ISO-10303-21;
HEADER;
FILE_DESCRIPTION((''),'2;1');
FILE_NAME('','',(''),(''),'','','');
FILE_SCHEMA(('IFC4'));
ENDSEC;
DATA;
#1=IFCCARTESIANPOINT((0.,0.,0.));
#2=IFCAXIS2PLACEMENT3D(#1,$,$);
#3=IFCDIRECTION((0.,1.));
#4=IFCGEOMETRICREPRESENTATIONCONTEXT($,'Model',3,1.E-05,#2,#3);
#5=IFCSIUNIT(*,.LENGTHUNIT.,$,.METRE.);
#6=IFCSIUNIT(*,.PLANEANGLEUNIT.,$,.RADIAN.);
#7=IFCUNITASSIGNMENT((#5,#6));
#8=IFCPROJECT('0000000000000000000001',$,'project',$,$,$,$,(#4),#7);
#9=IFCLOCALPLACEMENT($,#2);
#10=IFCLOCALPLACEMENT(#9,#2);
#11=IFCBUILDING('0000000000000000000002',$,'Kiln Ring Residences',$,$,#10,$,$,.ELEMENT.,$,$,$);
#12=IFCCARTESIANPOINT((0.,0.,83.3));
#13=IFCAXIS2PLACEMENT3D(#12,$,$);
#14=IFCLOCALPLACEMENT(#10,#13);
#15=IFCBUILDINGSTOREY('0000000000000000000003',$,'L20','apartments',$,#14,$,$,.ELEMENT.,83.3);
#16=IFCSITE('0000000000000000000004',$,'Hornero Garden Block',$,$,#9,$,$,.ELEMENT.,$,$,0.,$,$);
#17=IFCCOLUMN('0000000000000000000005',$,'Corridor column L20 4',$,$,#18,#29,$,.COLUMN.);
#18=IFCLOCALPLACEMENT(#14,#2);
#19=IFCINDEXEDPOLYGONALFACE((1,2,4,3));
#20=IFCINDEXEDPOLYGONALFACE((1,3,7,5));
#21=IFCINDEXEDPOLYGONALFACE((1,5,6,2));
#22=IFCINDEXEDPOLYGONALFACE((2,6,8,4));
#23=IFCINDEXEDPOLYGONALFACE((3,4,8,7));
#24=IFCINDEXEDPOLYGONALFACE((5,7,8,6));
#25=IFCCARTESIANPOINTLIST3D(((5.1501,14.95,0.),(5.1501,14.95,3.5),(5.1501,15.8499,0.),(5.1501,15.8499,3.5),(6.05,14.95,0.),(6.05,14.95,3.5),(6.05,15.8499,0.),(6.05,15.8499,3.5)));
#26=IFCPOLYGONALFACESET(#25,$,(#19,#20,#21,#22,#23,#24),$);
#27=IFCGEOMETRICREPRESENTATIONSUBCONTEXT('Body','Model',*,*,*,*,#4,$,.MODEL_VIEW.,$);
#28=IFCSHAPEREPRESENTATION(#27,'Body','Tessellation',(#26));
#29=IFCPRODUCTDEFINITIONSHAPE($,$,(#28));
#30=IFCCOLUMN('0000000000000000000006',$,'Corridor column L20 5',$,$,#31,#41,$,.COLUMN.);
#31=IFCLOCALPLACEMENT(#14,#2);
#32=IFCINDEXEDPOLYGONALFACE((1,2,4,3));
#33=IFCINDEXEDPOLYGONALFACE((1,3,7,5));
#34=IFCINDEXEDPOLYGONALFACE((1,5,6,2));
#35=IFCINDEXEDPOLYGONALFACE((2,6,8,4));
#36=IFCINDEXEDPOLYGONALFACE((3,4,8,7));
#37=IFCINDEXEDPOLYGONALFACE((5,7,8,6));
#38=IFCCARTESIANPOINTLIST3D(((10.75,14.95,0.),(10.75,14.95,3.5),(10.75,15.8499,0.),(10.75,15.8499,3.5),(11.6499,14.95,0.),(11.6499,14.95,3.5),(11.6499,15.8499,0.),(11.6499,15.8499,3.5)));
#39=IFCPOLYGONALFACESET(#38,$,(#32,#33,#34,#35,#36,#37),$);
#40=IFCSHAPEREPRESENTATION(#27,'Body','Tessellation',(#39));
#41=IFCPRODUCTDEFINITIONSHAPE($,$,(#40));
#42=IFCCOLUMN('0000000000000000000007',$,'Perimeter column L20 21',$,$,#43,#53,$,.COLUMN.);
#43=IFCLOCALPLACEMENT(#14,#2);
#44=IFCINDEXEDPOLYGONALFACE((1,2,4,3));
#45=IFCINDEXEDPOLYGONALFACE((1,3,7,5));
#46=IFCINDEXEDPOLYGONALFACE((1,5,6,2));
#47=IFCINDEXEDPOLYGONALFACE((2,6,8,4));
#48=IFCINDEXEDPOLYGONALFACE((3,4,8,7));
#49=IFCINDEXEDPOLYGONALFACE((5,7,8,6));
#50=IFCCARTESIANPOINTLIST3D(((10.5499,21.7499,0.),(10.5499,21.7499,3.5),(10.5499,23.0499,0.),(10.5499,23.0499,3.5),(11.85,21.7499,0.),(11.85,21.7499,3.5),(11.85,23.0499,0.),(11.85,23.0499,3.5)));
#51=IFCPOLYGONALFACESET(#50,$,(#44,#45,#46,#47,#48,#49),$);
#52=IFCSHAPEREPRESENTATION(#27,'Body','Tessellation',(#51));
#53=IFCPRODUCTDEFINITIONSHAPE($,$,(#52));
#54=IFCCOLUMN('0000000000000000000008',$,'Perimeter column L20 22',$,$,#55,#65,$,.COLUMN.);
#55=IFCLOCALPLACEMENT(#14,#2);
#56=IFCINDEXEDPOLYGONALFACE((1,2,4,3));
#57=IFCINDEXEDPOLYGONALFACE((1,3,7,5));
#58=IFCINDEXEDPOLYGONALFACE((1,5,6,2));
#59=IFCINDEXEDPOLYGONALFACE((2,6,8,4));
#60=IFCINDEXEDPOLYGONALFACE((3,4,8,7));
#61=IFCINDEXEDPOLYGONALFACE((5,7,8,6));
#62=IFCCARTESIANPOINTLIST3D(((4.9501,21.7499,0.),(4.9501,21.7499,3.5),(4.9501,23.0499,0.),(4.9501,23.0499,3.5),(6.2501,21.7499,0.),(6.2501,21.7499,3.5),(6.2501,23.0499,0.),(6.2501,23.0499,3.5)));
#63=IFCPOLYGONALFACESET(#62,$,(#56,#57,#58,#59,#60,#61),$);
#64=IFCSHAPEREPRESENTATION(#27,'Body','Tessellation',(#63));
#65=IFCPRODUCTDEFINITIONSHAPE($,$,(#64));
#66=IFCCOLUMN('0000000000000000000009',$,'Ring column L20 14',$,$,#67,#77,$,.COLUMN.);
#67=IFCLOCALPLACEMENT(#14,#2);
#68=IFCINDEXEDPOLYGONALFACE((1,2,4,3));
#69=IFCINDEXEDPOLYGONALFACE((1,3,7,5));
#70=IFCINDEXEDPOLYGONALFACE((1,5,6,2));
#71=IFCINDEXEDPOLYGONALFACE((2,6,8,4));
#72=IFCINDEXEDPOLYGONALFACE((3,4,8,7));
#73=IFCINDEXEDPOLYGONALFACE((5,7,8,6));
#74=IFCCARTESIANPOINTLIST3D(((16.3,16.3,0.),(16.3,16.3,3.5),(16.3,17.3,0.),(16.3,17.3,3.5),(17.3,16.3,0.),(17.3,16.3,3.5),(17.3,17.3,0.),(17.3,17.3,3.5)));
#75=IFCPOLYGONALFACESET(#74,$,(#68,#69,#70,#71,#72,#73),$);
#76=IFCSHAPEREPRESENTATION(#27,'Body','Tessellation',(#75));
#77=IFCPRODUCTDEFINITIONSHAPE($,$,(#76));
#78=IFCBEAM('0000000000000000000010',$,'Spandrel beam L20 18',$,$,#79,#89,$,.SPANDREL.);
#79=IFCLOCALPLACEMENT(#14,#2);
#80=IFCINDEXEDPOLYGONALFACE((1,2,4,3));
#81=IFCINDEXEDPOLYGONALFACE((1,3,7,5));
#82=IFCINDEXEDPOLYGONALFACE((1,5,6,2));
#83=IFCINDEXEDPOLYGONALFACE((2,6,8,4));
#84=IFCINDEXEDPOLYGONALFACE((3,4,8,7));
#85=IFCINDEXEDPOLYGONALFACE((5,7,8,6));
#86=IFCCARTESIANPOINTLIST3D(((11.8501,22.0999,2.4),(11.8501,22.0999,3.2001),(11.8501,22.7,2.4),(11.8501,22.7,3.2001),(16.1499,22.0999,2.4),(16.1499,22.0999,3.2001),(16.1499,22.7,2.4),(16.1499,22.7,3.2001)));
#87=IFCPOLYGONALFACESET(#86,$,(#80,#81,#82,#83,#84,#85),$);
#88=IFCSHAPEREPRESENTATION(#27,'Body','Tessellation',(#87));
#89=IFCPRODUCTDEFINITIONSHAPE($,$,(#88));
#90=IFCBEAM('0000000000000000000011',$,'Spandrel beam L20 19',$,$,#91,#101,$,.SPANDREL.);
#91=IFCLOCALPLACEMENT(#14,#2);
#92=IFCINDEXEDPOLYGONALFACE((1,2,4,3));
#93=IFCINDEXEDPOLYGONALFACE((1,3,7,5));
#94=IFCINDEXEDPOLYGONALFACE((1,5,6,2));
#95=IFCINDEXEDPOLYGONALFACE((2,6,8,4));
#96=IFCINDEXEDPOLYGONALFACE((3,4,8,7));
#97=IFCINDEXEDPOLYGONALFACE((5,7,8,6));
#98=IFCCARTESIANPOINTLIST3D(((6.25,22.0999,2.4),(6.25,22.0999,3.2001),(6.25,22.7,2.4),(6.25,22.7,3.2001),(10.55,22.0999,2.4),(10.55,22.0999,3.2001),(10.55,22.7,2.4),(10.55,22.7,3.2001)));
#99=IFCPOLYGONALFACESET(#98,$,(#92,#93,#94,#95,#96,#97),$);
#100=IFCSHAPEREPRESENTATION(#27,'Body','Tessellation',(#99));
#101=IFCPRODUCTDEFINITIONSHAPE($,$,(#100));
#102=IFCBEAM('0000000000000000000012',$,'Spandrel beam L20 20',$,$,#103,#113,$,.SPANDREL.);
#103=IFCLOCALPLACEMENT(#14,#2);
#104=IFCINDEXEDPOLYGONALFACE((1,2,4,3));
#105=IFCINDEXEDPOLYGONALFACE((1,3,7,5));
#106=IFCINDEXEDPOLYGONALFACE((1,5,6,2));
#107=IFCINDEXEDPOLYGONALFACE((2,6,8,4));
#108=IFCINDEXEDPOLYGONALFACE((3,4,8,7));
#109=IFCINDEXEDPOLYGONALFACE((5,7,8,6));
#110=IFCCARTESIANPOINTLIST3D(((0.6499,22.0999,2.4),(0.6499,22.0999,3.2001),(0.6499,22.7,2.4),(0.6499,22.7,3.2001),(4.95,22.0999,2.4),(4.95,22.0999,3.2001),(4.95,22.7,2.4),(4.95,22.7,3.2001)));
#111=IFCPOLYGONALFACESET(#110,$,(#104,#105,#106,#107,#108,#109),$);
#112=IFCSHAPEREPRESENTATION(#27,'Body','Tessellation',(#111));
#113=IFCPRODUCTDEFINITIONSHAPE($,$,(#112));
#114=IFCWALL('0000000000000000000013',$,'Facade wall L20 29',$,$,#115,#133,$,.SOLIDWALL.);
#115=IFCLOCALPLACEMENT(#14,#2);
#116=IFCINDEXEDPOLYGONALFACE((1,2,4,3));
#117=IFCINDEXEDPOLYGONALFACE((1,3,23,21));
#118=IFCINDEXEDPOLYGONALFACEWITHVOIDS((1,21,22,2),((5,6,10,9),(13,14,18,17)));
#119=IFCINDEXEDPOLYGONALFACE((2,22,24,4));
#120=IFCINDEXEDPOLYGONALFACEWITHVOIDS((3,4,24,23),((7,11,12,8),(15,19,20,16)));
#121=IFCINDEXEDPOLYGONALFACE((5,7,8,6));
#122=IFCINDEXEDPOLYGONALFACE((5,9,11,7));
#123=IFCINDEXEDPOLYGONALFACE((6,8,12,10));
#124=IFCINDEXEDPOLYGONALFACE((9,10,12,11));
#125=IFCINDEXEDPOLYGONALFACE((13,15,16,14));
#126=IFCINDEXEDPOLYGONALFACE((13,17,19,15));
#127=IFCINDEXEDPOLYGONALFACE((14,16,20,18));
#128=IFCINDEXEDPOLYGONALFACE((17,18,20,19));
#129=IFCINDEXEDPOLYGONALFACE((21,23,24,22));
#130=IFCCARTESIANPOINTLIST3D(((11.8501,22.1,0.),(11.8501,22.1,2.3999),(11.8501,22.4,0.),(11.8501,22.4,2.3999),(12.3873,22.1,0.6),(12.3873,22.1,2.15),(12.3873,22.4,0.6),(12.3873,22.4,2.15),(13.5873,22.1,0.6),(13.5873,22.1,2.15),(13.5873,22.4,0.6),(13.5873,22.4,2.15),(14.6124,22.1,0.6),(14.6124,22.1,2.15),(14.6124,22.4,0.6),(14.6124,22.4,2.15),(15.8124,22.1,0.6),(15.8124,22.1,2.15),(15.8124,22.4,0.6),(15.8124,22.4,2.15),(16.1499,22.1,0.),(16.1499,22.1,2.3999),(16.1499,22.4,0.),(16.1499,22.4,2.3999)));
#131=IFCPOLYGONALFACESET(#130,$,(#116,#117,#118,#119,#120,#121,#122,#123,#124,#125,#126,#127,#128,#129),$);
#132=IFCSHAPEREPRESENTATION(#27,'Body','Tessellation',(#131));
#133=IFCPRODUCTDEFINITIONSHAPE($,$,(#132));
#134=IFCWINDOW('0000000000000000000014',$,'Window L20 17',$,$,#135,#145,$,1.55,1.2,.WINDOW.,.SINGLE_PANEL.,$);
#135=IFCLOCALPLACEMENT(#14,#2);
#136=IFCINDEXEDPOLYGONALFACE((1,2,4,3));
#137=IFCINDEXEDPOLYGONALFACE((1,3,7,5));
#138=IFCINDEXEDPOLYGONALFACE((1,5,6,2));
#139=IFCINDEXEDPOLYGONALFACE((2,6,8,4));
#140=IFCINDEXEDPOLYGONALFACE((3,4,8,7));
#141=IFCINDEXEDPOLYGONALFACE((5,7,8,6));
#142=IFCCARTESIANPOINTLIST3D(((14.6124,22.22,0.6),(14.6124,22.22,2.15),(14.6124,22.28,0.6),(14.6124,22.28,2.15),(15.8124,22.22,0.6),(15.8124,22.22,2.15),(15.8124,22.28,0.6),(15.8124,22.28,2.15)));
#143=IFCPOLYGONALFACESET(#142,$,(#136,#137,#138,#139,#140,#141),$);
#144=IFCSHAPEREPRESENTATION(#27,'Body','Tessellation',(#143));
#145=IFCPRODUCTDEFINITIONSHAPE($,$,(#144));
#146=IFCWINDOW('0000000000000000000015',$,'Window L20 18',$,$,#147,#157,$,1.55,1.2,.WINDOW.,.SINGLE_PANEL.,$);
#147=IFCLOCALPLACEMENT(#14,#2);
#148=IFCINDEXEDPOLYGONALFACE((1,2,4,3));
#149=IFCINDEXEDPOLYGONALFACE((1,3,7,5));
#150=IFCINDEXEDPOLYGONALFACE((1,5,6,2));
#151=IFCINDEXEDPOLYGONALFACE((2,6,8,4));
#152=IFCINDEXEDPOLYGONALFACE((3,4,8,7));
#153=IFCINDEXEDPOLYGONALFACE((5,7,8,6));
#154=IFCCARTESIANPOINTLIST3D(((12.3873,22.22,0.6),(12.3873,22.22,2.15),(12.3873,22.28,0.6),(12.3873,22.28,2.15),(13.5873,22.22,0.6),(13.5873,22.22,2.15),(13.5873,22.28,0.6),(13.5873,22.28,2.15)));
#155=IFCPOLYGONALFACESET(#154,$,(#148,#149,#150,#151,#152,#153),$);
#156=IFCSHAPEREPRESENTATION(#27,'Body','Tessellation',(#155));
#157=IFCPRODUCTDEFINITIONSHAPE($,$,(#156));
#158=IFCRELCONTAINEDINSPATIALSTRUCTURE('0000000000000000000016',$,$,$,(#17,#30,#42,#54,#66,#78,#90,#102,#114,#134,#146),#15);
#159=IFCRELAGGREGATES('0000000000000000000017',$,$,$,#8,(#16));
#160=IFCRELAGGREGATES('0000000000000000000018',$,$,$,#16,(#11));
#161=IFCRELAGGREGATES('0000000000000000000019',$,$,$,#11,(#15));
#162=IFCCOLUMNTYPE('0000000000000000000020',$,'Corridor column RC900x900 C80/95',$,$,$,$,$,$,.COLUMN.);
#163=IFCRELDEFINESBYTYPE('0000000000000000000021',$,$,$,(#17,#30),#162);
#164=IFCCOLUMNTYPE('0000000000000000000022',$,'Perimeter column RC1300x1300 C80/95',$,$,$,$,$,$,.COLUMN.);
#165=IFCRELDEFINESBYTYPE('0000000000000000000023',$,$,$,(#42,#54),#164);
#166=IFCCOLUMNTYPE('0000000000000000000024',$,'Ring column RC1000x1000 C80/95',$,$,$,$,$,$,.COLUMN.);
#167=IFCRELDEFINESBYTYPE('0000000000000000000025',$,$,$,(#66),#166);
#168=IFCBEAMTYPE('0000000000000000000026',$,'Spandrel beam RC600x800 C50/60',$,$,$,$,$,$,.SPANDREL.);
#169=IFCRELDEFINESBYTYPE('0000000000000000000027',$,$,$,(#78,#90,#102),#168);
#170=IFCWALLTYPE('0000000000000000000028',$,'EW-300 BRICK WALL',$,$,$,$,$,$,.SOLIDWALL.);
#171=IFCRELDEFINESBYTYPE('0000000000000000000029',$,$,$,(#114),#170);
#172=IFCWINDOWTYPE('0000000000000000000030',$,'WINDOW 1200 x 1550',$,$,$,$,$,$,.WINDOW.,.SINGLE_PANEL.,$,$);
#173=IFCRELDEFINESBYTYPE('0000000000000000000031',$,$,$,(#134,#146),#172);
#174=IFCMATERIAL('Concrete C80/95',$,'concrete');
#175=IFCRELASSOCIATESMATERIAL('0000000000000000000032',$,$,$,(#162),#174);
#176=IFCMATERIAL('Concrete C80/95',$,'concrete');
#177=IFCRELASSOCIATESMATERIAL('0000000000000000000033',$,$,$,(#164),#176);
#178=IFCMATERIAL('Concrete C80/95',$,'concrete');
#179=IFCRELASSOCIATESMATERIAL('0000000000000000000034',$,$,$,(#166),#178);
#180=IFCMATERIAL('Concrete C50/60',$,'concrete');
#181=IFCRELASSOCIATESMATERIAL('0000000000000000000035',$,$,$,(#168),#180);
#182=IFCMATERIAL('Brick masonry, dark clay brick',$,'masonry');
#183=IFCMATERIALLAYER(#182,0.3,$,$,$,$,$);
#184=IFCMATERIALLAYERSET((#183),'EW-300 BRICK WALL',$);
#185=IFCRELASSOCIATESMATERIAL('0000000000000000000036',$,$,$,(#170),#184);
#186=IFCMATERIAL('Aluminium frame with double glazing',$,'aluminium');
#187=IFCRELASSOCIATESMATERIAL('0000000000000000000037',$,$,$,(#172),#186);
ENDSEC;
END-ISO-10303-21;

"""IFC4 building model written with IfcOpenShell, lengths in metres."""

from ifc_helpers import new_model, si_unit, direction, frame, frame_2d, origin, origin_2d, place, context, subcontext, project, spatial, rectangle, extrude, material, layer, layer_set, material_profile, profile_set, type_object, element, fill, save


model = new_model("IFC4")

# Units and contexts
model_context = context("Model", 3, precision=1e-05, world=origin(), true_north=direction((0.0, 1.0)))
body_context = subcontext(model_context, "Body", "Model", "MODEL_VIEW")
ifc_project = project(units=[si_unit("LENGTHUNIT", "METRE"), si_unit("PLANEANGLEUNIT", "RADIAN")], contexts=[model_context])

# Site, building, storey
site_placement = place(None, origin())
site = spatial("IfcSite", under=ifc_project, at=site_placement, Name="Hornero Garden Block", CompositionType="ELEMENT", RefElevation=0.0)
building_placement = place(site_placement, origin())
building = spatial("IfcBuilding", under=site, at=building_placement, Name="Kiln Ring Residences", CompositionType="ELEMENT")
storey_placement = place(building_placement, frame((0.0, 0.0, 83.3)))
storey = spatial("IfcBuildingStorey", under=building, at=storey_placement, Name="L20", Description="apartments", CompositionType="ELEMENT", Elevation=83.3)

# Columns
ifc_material_1 = material(Name="Concrete C80/95", Category="concrete")
ifc_material_profile_1 = material_profile(ifc_material_1, rectangle(XDim=0.8999, YDim=0.8999, at=origin_2d()), Name="RC900x900")
ifc_profile_set_1 = profile_set([ifc_material_profile_1], Name="Concrete C80/95")
column_type_1 = type_object("IfcColumnType", Name="Corridor column RC900x900 C80/95", PredefinedType="COLUMN", material=ifc_profile_set_1)
for number, where, z_axis, x_axis, name in (
    (1, (5.6001, 15.3999, 0.0), (0.0, 0.0, 1.0), (1.0, 0.0, 0.0), "Corridor column L20 4"),
    (2, (11.2, 15.3999, 0.0), (0.0, 0.0, 1.0), (1.0, 0.0, 0.0), "Corridor column L20 5"),
):
    element("IfcColumn", number, at=place(storey_placement, frame(where, z_axis=z_axis, x_axis=x_axis)), inside=storey, type_object=column_type_1, Name=name, PredefinedType="COLUMN", context=body_context, shape_type="SweptSolid", body=[
        extrude(rectangle(XDim=0.8999, YDim=0.8999, at=origin_2d()), origin(), (0.0, 0.0, 1.0), 3.5),
    ])
ifc_material_2 = material(Name="Concrete C80/95", Category="concrete")
ifc_material_profile_2 = material_profile(ifc_material_2, rectangle(XDim=1.3, YDim=1.3, at=origin_2d()), Name="RC1300x1300")
ifc_profile_set_2 = profile_set([ifc_material_profile_2], Name="Concrete C80/95")
column_type_2 = type_object("IfcColumnType", Name="Perimeter column RC1300x1300 C80/95", PredefinedType="COLUMN", material=ifc_profile_set_2)
for number, where, z_axis, x_axis, name in (
    (3, (11.2, 22.3999, 0.0), (0.0, 0.0, 1.0), (1.0, 0.0, 0.0), "Perimeter column L20 21"),
    (4, (5.6001, 22.3999, 0.0), (0.0, 0.0, 1.0), (1.0, 0.0, 0.0), "Perimeter column L20 22"),
):
    element("IfcColumn", number, at=place(storey_placement, frame(where, z_axis=z_axis, x_axis=x_axis)), inside=storey, type_object=column_type_2, Name=name, PredefinedType="COLUMN", context=body_context, shape_type="SweptSolid", body=[
        extrude(rectangle(XDim=1.3, YDim=1.3, at=origin_2d()), origin(), (0.0, 0.0, 1.0), 3.5),
    ])
ifc_material_3 = material(Name="Concrete C80/95", Category="concrete")
ifc_material_profile_3 = material_profile(ifc_material_3, rectangle(XDim=1.0, YDim=1.0, at=origin_2d()), Name="RC1000x1000")
ifc_profile_set_3 = profile_set([ifc_material_profile_3], Name="Concrete C80/95")
column_type_3 = type_object("IfcColumnType", Name="Ring column RC1000x1000 C80/95", PredefinedType="COLUMN", material=ifc_profile_set_3)
column_placement = place(storey_placement, frame((16.8, 16.8, 0.0), z_axis=(0.0, 0.0, 1.0), x_axis=(1.0, 0.0, 0.0)))
element("IfcColumn", 5, at=column_placement, inside=storey, type_object=column_type_3, Name="Ring column L20 14", PredefinedType="COLUMN", context=body_context, shape_type="SweptSolid", body=[
    extrude(rectangle(XDim=1.0, YDim=1.0, at=origin_2d()), origin(), (0.0, 0.0, 1.0), 3.5),
])

# Beams
ifc_material_4 = material(Name="Concrete C50/60", Category="concrete")
ifc_material_profile_4 = material_profile(ifc_material_4, rectangle(XDim=0.6001, YDim=0.8, at=origin_2d()), Name="RC600x800")
ifc_profile_set_4 = profile_set([ifc_material_profile_4], Name="Concrete C50/60")
beam_type = type_object("IfcBeamType", Name="Spandrel beam RC600x800 C50/60", PredefinedType="SPANDREL", material=ifc_profile_set_4)
beam_placement = place(storey_placement, frame((16.1499, 22.3999, 2.8), z_axis=(-1.0, 0.0, 0.0), x_axis=(0.0, -1.0, 0.0)))
element("IfcBeam", 6, at=beam_placement, inside=storey, type_object=beam_type, Name="Spandrel beam L20 18", PredefinedType="SPANDREL", context=body_context, shape_type="SweptSolid", body=[
    extrude(rectangle(XDim=0.6001, YDim=0.8, at=origin_2d()), origin(), (0.0, 0.0, 1.0), 4.2998),
])
for number, where, z_axis, x_axis, name in (
    (7, (10.55, 22.3999, 2.8), (-1.0, 0.0, 0.0), (0.0, -1.0, 0.0), "Spandrel beam L20 19"),
    (8, (4.95, 22.3999, 2.8), (-1.0, 0.0, 0.0), (0.0, -1.0, 0.0), "Spandrel beam L20 20"),
):
    element("IfcBeam", number, at=place(storey_placement, frame(where, z_axis=z_axis, x_axis=x_axis)), inside=storey, type_object=beam_type, Name=name, PredefinedType="SPANDREL", context=body_context, shape_type="SweptSolid", body=[
        extrude(rectangle(XDim=0.6001, YDim=0.8, at=origin_2d()), origin(), (0.0, 0.0, 1.0), 4.3),
    ])

# Wall, openings, windows
ifc_material_5 = material(Name="Brick masonry, dark clay brick", Category="masonry")
ifc_layer_1 = layer(ifc_material_5, 0.3)
ifc_layer_set_1 = layer_set([ifc_layer_1], Name="EW-300 BRICK WALL")
wall_type_1 = type_object("IfcWallType", Name="EW-300 BRICK WALL", PredefinedType="SOLIDWALL", material=ifc_layer_set_1)
wall_1_placement = place(storey_placement, frame((16.1499, 22.25, 0.0), z_axis=(0.0, 0.0, 1.0), x_axis=(-1.0, 0.0, 0.0)))
wall_1 = element("IfcWall", 9, at=wall_1_placement, inside=storey, type_object=wall_type_1, Name="Facade wall L20 29", PredefinedType="SOLIDWALL", context=body_context, shape_type="SweptSolid", body=[
    extrude(rectangle(XDim=4.2998, YDim=0.3, at=frame_2d((2.1499, 0.0))), origin(), (0.0, 0.0, 1.0), 2.3999),
])
opening_1_placement = place(wall_1_placement, frame((0.3374, 0.0, 0.6001)))
opening_1 = element("IfcOpeningElement", 10, at=opening_1_placement, cuts=wall_1, PredefinedType="OPENING", context=body_context, shape_type="SweptSolid", body=[
    extrude(rectangle(XDim=1.2, YDim=1.55, at=frame_2d((0.6001, 0.7749))), frame((0.0, 0.1599, 0.0), z_axis=(0.0, -1.0, 0.0), x_axis=(1.0, 0.0, 0.0)), (0.0, 0.0, 1.0), 0.3201),
])
opening_2_placement = place(wall_1_placement, frame((2.5625, 0.0, 0.6001)))
opening_2 = element("IfcOpeningElement", 11, at=opening_2_placement, cuts=wall_1, PredefinedType="OPENING", context=body_context, shape_type="SweptSolid", body=[
    extrude(rectangle(XDim=1.2, YDim=1.55, at=frame_2d((0.6001, 0.7749))), frame((0.0, 0.1599, 0.0), z_axis=(0.0, -1.0, 0.0), x_axis=(1.0, 0.0, 0.0)), (0.0, 0.0, 1.0), 0.3201),
])
ifc_material_6 = material(Name="Aluminium frame with double glazing", Category="aluminium")
window_type_1 = type_object("IfcWindowType", Name="WINDOW 1200 x 1550", PartitioningType="SINGLE_PANEL", PredefinedType="WINDOW", material=ifc_material_6)
window_1_placement = place(opening_1_placement, origin())
window_1 = element("IfcWindow", 12, at=window_1_placement, inside=storey, type_object=window_type_1, Name="Window L20 17", OverallHeight=1.55, OverallWidth=1.2, PartitioningType="SINGLE_PANEL", PredefinedType="WINDOW", context=body_context, shape_type="SweptSolid", body=[
    extrude(rectangle(XDim=1.2, YDim=1.55, at=frame_2d((0.6001, 0.7749))), frame((0.0, 0.03, 0.0), z_axis=(0.0, -1.0, 0.0), x_axis=(1.0, 0.0, 0.0)), (0.0, 0.0, 1.0), 0.0601),
])
fill(opening_1, window_1)
window_2_placement = place(opening_2_placement, origin())
window_2 = element("IfcWindow", 13, at=window_2_placement, inside=storey, type_object=window_type_1, Name="Window L20 18", OverallHeight=1.55, OverallWidth=1.2, PartitioningType="SINGLE_PANEL", PredefinedType="WINDOW", context=body_context, shape_type="SweptSolid", body=[
    extrude(rectangle(XDim=1.2, YDim=1.55, at=frame_2d((0.6001, 0.7749))), frame((0.0, 0.03, 0.0), z_axis=(0.0, -1.0, 0.0), x_axis=(1.0, 0.0, 0.0)), (0.0, 0.0, 1.0), 0.0601),
])
fill(opening_2, window_2)

save(model, "model.ifc")
